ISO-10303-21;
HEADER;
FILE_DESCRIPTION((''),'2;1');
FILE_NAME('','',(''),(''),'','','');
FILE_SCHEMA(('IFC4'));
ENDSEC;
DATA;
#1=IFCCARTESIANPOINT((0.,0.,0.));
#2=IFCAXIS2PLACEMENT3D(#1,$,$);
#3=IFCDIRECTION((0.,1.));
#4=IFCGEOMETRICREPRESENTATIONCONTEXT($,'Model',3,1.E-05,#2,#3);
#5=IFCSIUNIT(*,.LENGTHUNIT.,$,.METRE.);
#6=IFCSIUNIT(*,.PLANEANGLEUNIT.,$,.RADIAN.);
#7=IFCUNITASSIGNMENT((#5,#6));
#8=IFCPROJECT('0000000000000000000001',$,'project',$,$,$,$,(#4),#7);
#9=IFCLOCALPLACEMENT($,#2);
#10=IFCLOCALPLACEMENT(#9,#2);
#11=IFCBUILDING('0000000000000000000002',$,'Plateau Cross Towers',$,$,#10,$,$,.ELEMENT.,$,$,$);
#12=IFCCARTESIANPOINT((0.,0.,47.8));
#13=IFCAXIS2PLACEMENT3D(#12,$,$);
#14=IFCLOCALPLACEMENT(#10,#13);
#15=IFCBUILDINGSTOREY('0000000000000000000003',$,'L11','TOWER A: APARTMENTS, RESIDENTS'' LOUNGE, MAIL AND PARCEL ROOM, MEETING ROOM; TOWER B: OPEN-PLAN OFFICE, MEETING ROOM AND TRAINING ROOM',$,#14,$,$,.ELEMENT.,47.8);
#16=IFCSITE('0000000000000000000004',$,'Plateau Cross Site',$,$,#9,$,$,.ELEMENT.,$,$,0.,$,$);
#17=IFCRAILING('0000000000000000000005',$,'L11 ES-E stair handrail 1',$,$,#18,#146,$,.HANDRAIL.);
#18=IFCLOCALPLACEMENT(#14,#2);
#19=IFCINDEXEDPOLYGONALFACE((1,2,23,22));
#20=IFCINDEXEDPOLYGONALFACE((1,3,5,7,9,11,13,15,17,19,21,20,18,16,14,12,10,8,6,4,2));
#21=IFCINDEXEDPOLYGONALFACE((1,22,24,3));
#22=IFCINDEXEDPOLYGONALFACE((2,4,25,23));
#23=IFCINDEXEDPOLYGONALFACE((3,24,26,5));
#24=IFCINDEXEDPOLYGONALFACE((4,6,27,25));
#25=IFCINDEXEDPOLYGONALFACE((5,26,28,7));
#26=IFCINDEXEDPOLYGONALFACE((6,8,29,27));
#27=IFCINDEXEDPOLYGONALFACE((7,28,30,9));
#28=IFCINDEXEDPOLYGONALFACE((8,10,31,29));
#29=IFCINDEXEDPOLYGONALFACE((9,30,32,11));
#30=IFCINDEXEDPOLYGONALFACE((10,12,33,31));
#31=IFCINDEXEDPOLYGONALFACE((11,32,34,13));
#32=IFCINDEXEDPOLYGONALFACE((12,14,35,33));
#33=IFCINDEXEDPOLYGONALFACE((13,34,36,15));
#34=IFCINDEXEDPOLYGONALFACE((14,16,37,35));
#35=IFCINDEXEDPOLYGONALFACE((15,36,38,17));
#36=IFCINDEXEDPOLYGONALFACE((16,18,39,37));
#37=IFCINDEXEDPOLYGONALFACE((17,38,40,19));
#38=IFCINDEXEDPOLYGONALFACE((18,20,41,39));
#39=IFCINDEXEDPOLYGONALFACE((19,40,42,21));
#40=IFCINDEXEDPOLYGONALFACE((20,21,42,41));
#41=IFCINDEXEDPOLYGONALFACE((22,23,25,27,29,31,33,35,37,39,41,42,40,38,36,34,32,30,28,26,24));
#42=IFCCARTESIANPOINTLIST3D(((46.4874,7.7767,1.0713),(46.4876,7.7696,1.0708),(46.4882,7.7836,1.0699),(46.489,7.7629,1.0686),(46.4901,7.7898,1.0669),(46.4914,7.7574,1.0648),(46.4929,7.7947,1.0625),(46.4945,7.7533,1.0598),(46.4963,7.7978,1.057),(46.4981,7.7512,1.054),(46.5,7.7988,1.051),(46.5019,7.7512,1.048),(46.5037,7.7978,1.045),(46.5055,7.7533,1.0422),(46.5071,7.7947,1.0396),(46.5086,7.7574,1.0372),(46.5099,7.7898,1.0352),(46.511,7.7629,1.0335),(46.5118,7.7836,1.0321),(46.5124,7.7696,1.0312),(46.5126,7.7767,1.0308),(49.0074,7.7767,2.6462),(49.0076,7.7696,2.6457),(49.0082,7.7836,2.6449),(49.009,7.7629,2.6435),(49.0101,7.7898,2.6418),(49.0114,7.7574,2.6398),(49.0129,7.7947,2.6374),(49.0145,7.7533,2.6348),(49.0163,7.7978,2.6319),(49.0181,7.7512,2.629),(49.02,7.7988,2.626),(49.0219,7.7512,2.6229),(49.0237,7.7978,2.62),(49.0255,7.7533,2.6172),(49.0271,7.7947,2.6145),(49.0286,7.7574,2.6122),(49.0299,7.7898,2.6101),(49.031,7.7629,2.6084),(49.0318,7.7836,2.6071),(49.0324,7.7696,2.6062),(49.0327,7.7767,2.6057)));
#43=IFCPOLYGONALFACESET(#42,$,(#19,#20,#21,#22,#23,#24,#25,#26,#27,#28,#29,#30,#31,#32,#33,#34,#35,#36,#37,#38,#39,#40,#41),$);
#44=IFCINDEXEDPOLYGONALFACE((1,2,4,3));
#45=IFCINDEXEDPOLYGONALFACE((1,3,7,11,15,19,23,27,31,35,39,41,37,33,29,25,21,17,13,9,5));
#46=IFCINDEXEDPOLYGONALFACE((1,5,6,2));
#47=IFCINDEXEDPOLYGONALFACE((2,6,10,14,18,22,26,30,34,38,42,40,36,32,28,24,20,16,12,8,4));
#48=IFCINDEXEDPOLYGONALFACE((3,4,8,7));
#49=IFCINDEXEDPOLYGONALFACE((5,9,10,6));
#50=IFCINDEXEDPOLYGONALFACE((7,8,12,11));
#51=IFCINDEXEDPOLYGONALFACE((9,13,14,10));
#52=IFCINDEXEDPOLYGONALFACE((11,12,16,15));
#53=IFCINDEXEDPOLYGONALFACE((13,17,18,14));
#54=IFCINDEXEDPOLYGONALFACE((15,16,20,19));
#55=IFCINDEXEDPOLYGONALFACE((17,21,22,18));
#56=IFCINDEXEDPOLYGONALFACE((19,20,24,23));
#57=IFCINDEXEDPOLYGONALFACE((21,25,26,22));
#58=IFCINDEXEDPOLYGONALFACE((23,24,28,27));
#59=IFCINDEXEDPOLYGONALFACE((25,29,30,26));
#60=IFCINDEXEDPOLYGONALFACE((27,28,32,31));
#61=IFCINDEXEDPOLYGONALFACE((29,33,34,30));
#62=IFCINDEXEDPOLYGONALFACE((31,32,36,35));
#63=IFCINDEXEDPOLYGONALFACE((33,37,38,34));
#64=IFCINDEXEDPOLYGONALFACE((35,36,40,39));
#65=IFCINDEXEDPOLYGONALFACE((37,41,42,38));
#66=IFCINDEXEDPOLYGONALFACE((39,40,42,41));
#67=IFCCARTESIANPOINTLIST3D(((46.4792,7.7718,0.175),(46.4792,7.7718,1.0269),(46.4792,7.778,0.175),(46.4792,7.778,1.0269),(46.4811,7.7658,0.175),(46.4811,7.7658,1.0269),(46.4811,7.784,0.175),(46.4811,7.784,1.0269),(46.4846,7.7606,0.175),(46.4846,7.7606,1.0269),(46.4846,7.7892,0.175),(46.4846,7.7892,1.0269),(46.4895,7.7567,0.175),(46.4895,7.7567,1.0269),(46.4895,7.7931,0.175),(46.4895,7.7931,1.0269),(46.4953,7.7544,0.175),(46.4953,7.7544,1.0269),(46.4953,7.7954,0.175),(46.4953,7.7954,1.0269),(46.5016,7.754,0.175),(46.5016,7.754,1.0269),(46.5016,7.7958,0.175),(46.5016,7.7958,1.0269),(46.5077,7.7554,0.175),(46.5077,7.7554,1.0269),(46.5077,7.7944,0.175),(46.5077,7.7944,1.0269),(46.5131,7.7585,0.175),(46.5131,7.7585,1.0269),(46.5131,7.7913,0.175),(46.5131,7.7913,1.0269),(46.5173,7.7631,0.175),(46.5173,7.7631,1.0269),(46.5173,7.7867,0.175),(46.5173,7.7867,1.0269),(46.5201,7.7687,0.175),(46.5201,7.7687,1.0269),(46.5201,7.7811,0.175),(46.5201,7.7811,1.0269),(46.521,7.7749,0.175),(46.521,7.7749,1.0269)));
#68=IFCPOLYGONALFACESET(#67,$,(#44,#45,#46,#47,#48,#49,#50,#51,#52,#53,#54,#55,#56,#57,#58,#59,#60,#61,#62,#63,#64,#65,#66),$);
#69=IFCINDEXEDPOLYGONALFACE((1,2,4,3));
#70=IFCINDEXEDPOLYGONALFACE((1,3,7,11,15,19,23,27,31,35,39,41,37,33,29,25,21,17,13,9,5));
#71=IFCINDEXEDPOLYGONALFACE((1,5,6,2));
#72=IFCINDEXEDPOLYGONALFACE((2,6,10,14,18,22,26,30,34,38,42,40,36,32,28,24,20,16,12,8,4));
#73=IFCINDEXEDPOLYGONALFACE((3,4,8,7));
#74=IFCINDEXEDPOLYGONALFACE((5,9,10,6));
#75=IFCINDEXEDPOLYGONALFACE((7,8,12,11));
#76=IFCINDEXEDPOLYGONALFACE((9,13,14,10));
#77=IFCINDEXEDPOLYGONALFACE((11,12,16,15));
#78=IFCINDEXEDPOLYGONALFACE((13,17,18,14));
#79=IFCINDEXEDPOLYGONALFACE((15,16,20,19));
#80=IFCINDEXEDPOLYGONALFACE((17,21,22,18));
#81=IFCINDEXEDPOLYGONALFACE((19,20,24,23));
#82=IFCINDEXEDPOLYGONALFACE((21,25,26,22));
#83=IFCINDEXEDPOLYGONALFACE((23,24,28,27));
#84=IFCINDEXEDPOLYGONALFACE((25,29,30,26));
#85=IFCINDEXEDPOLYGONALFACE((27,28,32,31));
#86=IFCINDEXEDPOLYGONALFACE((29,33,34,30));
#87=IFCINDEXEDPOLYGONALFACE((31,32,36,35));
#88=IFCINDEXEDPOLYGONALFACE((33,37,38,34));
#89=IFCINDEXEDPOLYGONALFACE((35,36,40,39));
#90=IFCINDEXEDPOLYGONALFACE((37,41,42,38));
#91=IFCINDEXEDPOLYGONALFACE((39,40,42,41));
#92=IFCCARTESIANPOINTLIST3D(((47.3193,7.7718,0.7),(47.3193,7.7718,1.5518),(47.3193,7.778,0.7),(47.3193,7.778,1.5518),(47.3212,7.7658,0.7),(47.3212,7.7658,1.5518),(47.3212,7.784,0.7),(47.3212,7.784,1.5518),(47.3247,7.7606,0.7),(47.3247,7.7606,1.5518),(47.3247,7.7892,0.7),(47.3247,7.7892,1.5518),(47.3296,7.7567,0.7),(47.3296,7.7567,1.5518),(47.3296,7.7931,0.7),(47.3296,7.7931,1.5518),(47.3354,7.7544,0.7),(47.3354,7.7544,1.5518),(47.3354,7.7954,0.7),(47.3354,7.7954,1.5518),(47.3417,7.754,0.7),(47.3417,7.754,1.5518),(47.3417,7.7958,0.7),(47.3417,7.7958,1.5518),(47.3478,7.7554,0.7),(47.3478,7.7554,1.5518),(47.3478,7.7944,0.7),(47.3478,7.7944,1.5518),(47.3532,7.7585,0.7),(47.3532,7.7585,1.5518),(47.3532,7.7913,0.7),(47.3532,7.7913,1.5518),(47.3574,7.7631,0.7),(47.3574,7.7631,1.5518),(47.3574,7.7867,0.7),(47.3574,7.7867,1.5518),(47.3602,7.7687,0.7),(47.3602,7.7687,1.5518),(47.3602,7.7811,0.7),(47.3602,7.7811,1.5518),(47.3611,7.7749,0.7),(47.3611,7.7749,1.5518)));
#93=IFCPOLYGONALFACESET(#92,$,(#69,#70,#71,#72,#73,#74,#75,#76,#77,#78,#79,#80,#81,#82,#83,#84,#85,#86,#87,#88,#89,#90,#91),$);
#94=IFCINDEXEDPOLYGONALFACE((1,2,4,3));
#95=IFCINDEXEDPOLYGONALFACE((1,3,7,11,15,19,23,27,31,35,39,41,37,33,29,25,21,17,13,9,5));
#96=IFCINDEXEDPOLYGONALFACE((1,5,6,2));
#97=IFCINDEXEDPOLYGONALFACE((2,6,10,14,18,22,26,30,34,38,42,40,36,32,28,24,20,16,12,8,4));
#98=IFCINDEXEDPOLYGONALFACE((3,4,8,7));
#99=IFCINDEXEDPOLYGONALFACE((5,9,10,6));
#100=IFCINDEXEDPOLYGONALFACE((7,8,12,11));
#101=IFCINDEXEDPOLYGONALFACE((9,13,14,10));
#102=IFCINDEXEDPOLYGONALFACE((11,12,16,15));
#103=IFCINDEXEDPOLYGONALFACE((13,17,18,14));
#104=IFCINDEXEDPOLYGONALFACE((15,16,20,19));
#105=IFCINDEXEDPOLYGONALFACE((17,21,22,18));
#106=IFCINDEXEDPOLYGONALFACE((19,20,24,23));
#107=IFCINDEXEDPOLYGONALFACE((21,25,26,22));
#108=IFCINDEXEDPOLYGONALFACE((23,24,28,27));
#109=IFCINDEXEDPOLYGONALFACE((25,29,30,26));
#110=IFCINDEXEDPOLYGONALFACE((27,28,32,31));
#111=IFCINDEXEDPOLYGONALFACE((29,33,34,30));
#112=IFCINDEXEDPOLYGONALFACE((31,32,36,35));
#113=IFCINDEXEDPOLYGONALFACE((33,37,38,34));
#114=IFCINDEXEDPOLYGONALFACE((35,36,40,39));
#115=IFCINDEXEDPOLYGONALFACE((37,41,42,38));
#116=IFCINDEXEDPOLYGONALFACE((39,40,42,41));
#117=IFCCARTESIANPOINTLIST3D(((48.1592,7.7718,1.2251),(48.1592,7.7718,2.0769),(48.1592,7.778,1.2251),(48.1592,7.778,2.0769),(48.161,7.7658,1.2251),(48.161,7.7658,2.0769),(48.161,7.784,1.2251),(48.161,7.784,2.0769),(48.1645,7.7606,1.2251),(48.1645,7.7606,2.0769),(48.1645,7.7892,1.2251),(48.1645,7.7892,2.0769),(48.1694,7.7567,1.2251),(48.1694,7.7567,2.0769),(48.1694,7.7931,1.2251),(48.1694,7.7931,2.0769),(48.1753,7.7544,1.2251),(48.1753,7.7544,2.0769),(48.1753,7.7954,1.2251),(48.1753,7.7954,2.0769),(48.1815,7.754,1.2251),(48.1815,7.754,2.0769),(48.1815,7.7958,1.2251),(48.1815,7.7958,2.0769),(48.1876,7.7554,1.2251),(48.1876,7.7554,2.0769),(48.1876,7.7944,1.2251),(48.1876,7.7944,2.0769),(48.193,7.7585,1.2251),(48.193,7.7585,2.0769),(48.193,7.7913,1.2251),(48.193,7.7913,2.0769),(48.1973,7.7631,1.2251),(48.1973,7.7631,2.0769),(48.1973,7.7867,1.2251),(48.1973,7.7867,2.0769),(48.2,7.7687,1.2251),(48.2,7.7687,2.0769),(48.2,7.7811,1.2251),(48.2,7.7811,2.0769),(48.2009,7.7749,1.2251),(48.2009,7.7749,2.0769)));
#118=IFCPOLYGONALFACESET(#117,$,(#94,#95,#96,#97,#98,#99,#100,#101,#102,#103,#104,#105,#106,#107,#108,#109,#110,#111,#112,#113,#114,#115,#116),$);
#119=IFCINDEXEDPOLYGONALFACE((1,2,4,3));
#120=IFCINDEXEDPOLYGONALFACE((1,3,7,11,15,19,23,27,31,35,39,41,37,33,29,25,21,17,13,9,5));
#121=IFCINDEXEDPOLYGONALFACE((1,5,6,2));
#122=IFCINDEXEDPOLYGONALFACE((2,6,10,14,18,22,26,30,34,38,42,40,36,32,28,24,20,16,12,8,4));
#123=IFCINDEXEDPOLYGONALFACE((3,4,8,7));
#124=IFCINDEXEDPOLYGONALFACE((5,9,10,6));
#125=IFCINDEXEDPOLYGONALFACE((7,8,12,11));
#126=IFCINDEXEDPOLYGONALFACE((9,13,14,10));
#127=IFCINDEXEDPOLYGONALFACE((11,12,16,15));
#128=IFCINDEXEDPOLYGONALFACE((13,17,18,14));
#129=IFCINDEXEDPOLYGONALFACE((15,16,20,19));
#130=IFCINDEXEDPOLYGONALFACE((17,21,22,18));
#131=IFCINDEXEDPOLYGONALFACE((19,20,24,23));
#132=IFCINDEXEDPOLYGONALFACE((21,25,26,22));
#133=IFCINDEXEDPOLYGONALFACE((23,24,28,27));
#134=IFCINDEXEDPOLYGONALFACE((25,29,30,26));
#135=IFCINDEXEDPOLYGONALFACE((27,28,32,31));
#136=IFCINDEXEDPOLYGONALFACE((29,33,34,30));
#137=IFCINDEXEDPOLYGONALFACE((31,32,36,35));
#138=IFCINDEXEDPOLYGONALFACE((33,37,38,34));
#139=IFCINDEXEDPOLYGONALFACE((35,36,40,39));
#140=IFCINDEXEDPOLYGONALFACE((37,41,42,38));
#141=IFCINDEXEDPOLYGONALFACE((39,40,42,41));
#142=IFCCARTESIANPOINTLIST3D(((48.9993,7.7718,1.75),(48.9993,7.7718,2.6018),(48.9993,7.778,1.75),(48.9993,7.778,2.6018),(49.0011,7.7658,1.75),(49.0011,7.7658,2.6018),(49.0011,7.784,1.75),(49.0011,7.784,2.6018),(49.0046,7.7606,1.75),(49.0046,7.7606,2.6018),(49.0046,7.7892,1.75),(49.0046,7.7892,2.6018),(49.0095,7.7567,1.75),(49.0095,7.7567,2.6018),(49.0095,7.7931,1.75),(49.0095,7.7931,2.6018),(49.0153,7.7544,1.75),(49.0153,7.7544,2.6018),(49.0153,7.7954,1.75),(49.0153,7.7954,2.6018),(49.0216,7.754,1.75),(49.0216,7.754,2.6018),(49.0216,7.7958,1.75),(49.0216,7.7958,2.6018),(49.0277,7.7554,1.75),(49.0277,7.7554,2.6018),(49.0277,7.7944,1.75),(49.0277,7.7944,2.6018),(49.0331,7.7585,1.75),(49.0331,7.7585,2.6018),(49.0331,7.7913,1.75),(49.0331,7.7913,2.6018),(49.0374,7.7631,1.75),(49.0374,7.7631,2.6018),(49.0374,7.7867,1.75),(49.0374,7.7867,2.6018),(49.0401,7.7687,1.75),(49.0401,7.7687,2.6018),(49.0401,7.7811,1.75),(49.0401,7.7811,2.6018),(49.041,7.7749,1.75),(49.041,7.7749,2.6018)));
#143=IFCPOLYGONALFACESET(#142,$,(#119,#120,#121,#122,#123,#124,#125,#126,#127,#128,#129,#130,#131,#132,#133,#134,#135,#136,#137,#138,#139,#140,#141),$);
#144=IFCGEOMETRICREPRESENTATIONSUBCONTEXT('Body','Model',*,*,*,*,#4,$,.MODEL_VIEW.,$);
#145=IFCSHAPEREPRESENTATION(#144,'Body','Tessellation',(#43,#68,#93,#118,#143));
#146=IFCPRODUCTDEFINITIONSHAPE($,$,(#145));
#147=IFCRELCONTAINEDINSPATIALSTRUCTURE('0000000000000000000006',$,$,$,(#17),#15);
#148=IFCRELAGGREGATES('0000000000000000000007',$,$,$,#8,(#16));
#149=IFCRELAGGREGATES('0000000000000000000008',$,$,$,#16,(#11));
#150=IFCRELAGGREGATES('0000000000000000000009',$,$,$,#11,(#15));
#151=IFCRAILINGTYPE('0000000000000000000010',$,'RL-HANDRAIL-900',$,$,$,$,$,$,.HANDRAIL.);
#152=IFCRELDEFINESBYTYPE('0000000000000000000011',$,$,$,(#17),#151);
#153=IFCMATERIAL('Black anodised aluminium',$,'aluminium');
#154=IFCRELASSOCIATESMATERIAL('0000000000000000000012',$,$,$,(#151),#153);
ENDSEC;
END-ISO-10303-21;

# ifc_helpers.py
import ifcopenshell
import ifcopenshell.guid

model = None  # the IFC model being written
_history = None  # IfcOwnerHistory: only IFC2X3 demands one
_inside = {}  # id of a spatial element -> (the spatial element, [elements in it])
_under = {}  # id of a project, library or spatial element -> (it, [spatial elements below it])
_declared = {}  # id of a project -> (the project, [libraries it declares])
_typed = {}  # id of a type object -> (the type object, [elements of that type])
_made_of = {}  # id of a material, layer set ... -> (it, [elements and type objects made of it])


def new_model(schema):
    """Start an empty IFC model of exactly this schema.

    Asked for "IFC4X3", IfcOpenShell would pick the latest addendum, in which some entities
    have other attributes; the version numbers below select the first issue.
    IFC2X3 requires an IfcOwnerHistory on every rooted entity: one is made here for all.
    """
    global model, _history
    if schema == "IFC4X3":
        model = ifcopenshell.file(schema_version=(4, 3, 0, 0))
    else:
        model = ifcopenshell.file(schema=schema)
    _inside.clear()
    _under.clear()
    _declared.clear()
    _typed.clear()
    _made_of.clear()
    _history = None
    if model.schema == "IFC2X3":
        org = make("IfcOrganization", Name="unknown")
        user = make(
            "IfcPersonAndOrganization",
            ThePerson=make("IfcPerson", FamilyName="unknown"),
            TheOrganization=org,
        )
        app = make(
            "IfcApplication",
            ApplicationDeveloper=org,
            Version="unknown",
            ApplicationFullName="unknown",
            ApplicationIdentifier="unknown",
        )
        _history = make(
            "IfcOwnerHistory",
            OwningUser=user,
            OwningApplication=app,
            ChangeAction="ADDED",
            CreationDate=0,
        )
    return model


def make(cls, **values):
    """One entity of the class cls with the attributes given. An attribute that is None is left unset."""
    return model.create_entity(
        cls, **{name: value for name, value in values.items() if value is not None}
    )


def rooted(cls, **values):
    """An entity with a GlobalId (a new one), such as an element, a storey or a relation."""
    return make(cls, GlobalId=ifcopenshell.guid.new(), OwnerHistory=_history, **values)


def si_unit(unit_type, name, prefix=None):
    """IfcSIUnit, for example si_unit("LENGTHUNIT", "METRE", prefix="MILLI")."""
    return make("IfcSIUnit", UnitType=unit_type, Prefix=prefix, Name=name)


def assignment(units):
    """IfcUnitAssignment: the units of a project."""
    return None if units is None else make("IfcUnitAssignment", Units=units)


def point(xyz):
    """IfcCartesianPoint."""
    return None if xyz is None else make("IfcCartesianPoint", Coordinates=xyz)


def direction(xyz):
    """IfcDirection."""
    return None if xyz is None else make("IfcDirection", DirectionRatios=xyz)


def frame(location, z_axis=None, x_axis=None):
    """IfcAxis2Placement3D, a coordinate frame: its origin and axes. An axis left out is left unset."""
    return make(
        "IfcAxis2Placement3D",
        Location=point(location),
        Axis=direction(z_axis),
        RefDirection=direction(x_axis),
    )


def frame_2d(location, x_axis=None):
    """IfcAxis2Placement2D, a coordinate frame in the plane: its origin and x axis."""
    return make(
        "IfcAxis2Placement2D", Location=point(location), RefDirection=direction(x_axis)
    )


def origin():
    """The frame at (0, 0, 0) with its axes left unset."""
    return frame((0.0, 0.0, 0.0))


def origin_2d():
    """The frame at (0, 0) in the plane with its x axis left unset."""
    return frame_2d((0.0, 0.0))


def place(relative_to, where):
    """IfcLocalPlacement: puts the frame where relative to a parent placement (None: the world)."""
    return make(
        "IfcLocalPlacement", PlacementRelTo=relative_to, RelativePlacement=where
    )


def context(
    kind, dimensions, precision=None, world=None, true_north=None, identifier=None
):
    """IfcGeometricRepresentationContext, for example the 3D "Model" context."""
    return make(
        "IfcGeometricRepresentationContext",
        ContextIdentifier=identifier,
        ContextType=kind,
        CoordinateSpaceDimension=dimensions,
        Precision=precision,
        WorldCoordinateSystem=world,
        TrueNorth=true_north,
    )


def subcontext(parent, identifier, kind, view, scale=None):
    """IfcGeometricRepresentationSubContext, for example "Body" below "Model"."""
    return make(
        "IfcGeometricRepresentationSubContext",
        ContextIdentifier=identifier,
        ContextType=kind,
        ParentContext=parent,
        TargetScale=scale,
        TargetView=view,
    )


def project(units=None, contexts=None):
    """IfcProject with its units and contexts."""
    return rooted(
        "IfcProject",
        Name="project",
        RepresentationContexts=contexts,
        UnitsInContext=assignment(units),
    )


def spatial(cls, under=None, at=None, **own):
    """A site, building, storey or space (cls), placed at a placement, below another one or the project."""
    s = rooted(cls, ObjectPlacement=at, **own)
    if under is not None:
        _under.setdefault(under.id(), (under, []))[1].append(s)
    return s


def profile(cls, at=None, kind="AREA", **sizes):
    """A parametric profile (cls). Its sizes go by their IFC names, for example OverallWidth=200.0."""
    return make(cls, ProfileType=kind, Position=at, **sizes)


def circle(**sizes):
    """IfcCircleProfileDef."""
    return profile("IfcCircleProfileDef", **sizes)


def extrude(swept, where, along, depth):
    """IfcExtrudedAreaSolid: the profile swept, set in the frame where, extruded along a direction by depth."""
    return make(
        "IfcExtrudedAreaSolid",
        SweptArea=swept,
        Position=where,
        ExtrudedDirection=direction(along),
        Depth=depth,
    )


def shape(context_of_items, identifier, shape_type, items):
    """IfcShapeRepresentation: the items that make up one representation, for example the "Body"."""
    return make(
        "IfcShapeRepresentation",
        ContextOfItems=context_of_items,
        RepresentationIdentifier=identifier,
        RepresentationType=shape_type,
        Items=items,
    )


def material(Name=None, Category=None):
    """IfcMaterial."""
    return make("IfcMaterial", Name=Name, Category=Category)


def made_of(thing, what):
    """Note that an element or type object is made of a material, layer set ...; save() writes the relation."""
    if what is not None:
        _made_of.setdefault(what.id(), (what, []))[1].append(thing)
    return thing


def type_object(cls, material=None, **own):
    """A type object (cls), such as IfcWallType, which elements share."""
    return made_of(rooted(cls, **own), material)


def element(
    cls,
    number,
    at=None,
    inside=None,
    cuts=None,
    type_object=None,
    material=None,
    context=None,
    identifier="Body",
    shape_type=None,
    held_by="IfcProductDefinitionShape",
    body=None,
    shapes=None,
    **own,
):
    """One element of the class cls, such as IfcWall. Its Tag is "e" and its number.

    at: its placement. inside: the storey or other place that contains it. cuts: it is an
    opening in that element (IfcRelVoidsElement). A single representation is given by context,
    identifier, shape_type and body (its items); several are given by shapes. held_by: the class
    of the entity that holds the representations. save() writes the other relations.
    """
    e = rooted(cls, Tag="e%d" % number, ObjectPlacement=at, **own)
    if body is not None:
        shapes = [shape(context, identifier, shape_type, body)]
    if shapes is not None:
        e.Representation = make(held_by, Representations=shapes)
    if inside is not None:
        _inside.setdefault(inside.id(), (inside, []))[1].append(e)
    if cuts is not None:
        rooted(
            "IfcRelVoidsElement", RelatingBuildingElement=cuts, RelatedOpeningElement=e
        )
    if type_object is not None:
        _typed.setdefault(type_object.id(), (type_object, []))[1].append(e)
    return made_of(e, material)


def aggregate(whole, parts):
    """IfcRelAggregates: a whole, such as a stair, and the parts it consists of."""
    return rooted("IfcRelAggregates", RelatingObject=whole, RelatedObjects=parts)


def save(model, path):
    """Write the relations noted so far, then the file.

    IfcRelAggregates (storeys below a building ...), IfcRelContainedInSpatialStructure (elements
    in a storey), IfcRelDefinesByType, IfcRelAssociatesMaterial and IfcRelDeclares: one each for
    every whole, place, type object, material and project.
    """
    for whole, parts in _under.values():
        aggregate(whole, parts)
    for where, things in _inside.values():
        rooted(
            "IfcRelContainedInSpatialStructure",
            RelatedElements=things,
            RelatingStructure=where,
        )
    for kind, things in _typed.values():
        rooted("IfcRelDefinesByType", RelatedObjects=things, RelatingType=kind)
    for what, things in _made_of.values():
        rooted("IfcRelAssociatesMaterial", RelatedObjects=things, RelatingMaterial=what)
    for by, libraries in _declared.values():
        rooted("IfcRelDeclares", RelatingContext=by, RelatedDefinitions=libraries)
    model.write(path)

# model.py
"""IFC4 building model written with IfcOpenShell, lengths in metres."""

from ifc_helpers import new_model, si_unit, direction, frame, origin, origin_2d, place, context, subcontext, project, spatial, circle, extrude, material, type_object, element, save


model = new_model("IFC4")

# Units and contexts
model_context = context("Model", 3, precision=1e-05, world=origin(), true_north=direction((0.0, 1.0)))
body_context = subcontext(model_context, "Body", "Model", "MODEL_VIEW")
ifc_project = project(units=[si_unit("LENGTHUNIT", "METRE"), si_unit("PLANEANGLEUNIT", "RADIAN")], contexts=[model_context])

# Site, building, storey
site_placement = place(None, origin())
site = spatial("IfcSite", under=ifc_project, at=site_placement, Name="Plateau Cross Site", CompositionType="ELEMENT", RefElevation=0.0)
building_placement = place(site_placement, origin())
building = spatial("IfcBuilding", under=site, at=building_placement, Name="Plateau Cross Towers", CompositionType="ELEMENT")
storey_placement = place(building_placement, frame((0.0, 0.0, 47.8)))
storey = spatial("IfcBuildingStorey", under=building, at=storey_placement, Name="L11", Description="TOWER A: APARTMENTS, RESIDENTS' LOUNGE, MAIL AND PARCEL ROOM, MEETING ROOM; TOWER B: OPEN-PLAN OFFICE, MEETING ROOM AND TRAINING ROOM", CompositionType="ELEMENT", Elevation=47.8)

# Shared definitions
ifc_material_1 = material(Name="Black anodised aluminium", Category="aluminium")

# Railing
railing_type_1 = type_object("IfcRailingType", Name="RL-HANDRAIL-900", PredefinedType="HANDRAIL", material=ifc_material_1)
railing_1_placement = place(storey_placement, frame((46.5, 7.7749, 0.175)))
element("IfcRailing", 1, at=railing_1_placement, inside=storey, type_object=railing_type_1, Name="L11 ES-E stair handrail 1", PredefinedType="HANDRAIL", context=body_context, shape_type="SweptSolid", body=[
    extrude(circle(Radius=0.0239, at=origin_2d()), frame((0.0, 0.0, 0.876), z_axis=(0.848008, 0.0, 0.529984), x_axis=(0.0, 1.0, 0.0)), (0.0, 0.0, 1.0), 2.9717),
    extrude(circle(Radius=0.021, at=origin_2d()), origin(), (0.0, 0.0, 1.0), 0.8518),
    extrude(circle(Radius=0.021, at=origin_2d()), frame((0.8401, 0.0, 0.5249)), (0.0, 0.0, 1.0), 0.8518),
    extrude(circle(Radius=0.021, at=origin_2d()), frame((1.6799, 0.0, 1.05)), (0.0, 0.0, 1.0), 0.8518),
    extrude(circle(Radius=0.021, at=origin_2d()), frame((2.52, 0.0, 1.575)), (0.0, 0.0, 1.0), 0.8518),
])

save(model, "model.ifc")
